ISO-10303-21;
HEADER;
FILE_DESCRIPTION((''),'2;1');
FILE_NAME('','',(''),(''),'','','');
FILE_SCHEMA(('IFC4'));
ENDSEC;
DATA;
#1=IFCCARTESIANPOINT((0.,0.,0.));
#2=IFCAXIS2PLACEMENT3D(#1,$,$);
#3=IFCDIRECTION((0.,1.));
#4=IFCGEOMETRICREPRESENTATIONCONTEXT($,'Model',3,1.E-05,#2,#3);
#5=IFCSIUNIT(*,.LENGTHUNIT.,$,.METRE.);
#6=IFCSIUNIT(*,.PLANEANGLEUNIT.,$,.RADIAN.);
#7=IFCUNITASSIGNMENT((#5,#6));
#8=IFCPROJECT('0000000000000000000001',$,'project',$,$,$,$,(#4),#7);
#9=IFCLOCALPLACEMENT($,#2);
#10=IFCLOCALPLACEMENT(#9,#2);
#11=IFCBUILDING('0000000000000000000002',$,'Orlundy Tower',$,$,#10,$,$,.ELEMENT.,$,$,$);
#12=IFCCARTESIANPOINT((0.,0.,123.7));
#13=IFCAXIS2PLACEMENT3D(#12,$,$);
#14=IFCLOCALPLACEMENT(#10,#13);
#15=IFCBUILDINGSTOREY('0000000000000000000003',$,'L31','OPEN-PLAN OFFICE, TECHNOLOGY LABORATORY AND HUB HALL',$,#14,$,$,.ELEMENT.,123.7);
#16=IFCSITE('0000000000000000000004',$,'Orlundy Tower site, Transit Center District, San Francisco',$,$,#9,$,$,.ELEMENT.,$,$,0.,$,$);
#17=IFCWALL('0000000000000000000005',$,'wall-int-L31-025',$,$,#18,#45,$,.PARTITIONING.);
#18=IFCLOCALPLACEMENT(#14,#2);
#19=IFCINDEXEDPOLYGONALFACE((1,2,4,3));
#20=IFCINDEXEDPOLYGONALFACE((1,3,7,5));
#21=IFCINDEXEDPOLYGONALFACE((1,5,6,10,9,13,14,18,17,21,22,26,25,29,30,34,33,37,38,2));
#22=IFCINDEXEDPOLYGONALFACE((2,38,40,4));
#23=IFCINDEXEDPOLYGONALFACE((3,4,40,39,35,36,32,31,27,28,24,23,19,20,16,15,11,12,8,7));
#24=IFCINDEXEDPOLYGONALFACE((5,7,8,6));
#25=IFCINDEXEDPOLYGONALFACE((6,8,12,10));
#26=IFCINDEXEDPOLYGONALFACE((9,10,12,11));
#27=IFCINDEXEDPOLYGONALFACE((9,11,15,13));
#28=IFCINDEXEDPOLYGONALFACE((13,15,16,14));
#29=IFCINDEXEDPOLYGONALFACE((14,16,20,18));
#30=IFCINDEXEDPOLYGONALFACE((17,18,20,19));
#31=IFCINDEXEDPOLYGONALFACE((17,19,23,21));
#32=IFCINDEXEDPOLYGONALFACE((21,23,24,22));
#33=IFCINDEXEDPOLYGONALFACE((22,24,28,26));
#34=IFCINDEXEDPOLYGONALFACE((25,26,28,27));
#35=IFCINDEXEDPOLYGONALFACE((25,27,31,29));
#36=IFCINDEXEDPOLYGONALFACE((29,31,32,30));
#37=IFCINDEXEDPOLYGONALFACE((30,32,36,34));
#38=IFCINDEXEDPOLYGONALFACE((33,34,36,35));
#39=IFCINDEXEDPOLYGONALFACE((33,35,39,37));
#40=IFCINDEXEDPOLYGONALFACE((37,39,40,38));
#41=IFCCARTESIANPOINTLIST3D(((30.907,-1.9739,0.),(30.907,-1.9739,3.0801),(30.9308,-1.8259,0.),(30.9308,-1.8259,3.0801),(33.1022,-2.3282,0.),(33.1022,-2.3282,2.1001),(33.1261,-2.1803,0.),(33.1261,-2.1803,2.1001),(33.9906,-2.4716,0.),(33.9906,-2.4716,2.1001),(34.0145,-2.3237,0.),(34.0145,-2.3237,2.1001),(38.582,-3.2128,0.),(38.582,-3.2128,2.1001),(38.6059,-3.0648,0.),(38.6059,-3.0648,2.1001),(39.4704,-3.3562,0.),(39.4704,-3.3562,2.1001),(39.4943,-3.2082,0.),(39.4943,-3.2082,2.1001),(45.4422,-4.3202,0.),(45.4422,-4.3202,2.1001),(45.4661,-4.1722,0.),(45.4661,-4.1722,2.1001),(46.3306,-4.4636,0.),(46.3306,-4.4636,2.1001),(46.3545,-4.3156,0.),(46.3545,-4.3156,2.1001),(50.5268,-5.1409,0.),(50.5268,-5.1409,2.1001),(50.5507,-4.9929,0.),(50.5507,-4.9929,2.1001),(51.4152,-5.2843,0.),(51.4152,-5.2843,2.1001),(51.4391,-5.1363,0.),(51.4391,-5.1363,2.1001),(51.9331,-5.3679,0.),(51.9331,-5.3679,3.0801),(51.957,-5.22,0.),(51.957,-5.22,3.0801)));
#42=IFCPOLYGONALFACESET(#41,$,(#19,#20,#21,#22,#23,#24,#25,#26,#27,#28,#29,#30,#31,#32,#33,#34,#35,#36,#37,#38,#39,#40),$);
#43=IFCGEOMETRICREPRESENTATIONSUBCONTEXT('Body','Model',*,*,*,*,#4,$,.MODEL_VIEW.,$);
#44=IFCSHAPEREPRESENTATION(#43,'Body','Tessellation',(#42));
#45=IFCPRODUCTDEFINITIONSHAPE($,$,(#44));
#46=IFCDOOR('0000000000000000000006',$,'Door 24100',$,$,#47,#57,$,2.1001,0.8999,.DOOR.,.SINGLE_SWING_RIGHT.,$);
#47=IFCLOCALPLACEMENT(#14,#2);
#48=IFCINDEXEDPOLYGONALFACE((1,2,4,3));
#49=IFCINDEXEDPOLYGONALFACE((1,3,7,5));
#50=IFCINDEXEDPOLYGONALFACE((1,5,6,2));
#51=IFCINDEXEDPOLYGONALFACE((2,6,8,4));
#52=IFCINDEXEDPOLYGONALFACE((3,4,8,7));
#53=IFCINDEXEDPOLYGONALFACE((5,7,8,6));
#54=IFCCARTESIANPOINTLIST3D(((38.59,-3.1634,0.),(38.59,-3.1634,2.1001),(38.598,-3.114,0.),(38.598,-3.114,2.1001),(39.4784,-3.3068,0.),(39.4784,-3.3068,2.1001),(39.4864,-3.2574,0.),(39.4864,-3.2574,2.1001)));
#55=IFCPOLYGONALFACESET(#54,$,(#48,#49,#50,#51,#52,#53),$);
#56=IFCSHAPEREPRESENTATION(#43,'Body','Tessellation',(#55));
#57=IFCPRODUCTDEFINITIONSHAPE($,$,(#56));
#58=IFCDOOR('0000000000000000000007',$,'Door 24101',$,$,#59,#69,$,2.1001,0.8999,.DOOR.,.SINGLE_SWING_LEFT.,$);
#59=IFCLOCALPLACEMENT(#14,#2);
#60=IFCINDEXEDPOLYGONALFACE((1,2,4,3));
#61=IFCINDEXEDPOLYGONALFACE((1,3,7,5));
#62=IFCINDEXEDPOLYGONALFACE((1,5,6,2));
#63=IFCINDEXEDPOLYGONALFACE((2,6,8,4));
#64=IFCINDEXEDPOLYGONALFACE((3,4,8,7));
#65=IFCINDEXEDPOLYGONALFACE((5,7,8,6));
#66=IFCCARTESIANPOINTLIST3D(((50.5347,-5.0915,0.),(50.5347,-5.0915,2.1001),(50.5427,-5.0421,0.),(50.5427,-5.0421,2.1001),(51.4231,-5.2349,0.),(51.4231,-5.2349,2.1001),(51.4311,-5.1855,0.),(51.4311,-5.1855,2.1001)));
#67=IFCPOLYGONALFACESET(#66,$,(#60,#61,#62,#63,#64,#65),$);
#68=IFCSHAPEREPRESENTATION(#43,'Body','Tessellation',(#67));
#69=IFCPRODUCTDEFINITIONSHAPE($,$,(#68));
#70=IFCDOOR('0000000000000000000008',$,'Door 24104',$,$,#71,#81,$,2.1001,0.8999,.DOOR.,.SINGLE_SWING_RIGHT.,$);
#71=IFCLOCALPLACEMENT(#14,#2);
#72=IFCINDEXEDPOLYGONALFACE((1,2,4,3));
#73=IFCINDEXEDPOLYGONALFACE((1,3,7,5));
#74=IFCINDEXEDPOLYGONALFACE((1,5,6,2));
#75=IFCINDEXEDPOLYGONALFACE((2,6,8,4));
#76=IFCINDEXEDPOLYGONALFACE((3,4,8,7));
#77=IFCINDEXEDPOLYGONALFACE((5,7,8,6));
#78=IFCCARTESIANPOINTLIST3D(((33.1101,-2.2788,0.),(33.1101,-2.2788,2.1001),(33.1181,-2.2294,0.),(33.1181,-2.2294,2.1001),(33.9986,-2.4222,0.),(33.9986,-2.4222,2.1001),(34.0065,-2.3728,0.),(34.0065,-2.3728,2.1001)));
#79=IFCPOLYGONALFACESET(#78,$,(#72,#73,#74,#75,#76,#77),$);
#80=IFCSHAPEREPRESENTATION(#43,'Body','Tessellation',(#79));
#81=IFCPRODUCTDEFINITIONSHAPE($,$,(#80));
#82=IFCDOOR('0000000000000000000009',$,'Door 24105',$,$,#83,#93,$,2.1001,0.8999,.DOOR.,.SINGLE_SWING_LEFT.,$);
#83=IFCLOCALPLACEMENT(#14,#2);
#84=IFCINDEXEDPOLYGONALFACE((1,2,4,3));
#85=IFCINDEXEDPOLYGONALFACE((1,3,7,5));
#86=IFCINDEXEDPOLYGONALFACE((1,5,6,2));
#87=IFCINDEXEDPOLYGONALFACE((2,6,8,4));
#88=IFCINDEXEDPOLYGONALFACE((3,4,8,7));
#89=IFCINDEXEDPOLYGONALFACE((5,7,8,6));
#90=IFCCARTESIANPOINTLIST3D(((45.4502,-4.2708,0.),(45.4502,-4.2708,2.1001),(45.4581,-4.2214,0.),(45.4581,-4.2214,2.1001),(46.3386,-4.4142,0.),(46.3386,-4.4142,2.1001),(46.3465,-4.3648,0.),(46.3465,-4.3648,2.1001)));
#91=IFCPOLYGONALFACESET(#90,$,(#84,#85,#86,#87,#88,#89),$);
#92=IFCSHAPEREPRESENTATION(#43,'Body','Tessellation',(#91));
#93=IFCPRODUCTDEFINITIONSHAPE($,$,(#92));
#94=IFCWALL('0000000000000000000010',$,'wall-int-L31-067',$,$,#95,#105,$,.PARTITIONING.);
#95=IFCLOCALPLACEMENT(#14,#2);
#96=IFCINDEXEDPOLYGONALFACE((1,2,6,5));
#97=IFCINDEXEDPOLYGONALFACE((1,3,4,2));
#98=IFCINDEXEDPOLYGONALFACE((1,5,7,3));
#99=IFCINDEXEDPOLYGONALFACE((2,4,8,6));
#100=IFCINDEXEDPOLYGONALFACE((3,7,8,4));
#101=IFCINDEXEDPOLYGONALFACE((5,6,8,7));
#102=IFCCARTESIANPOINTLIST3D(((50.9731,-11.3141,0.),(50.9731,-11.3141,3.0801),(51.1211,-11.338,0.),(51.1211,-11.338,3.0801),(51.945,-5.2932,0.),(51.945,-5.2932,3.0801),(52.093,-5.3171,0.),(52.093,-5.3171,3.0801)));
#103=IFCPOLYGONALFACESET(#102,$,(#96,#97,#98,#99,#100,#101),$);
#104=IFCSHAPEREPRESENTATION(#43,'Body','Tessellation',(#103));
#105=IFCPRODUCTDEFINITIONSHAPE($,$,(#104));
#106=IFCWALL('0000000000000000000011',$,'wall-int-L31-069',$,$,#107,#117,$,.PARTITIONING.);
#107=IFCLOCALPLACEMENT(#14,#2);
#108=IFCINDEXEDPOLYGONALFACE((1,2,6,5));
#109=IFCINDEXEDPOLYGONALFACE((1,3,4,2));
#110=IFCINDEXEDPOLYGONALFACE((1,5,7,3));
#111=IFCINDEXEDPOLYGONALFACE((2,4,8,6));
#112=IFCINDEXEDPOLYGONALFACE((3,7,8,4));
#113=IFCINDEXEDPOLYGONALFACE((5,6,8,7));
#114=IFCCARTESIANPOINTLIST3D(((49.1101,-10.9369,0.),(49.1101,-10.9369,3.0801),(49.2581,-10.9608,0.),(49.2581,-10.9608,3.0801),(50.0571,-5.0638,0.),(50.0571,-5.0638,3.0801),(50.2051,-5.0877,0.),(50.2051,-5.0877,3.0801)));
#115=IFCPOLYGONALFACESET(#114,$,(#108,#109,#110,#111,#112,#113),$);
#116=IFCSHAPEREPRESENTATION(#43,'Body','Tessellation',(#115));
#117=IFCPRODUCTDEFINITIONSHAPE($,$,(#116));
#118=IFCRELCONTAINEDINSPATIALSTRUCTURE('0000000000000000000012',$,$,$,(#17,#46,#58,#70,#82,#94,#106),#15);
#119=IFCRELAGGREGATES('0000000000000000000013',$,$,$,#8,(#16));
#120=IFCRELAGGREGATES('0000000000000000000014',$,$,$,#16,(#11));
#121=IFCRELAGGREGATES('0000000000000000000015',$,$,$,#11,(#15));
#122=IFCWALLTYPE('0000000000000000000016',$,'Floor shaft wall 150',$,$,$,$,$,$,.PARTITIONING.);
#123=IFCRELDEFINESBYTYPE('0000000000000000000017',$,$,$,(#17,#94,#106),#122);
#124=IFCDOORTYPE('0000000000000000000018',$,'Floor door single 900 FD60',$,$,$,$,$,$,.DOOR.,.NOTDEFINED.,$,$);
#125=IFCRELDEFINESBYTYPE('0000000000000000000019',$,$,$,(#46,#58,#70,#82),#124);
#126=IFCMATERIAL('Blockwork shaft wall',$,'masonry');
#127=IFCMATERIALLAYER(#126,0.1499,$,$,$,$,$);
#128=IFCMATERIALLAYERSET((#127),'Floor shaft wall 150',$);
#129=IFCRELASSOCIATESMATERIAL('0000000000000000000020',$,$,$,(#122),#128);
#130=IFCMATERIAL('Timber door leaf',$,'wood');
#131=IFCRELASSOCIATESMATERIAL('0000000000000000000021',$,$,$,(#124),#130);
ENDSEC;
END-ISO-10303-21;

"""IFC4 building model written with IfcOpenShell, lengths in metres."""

from ifc_helpers import new_model, si_unit, direction, frame, frame_2d, origin, place, context, subcontext, project, spatial, rectangle, extrude, material, layer, layer_set, type_object, element, fill, save


model = new_model("IFC4")

# Units and contexts
model_context = context("Model", 3, precision=1e-05, world=origin(), true_north=direction((0.0, 1.0)))
body_context = subcontext(model_context, "Body", "Model", "MODEL_VIEW")
ifc_project = project(units=[si_unit("LENGTHUNIT", "METRE"), si_unit("PLANEANGLEUNIT", "RADIAN")], contexts=[model_context])

# Site, building, storey
site_placement = place(None, origin())
site = spatial("IfcSite", under=ifc_project, at=site_placement, Name="Orlundy Tower site, Transit Center District, San Francisco", CompositionType="ELEMENT", RefElevation=0.0)
building_placement = place(site_placement, origin())
building = spatial("IfcBuilding", under=site, at=building_placement, Name="Orlundy Tower", CompositionType="ELEMENT")
storey_placement = place(building_placement, frame((0.0, 0.0, 123.7)))
storey = spatial("IfcBuildingStorey", under=building, at=storey_placement, Name="L31", Description="OPEN-PLAN OFFICE, TECHNOLOGY LABORATORY AND HUB HALL", CompositionType="ELEMENT", Elevation=123.7)

# Wall, openings, doors
ifc_material_1 = material(Name="Blockwork shaft wall", Category="masonry")
ifc_layer_1 = layer(ifc_material_1, 0.1499)
ifc_layer_set_1 = layer_set([ifc_layer_1], Name="Floor shaft wall 150")
wall_type_1 = type_object("IfcWallType", Name="Floor shaft wall 150", PredefinedType="PARTITIONING", material=ifc_layer_set_1)
wall_1_placement = place(storey_placement, frame((51.9451, -5.2939, 0.0), z_axis=(0.0, 0.0, 1.0), x_axis=(-0.987221, 0.159357, 0.0)))
wall_1 = element("IfcWall", 1, at=wall_1_placement, inside=storey, type_object=wall_type_1, Name="wall-int-L31-025", PredefinedType="PARTITIONING", context=body_context, shape_type="SweptSolid", body=[
    extrude(rectangle(XDim=21.2983, YDim=0.1499, at=frame_2d((10.6492, 0.0))), origin(), (0.0, 0.0, 1.0), 3.0801),
])
opening_1_placement = place(wall_1_placement, frame((12.624, 0.0, 0.0)))
opening_1 = element("IfcOpeningElement", 2, at=opening_1_placement, cuts=wall_1, PredefinedType="OPENING", context=body_context, shape_type="SweptSolid", body=[
    extrude(rectangle(XDim=0.8999, YDim=2.1001, at=frame_2d((0.45, 1.05))), frame((0.0, 0.085, 0.0), z_axis=(0.0, -1.0, 0.0), x_axis=(1.0, 0.0, 0.0)), (0.0, 0.0, 1.0), 0.1699),
])
opening_2_placement = place(wall_1_placement, frame((0.5247, 0.0, 0.0)))
opening_2 = element("IfcOpeningElement", 3, at=opening_2_placement, cuts=wall_1, PredefinedType="OPENING", context=body_context, shape_type="SweptSolid", body=[
    extrude(rectangle(XDim=0.8999, YDim=2.1001, at=frame_2d((0.45, 1.05))), frame((0.0, 0.085, 0.0), z_axis=(0.0, -1.0, 0.0), x_axis=(1.0, 0.0, 0.0)), (0.0, 0.0, 1.0), 0.1699),
])
opening_3_placement = place(wall_1_placement, frame((18.1748, 0.0, 0.0)))
opening_3 = element("IfcOpeningElement", 4, at=opening_3_placement, cuts=wall_1, PredefinedType="OPENING", context=body_context, shape_type="SweptSolid", body=[
    extrude(rectangle(XDim=0.8999, YDim=2.1001, at=frame_2d((0.45, 1.05))), frame((0.0, 0.085, 0.0), z_axis=(0.0, -1.0, 0.0), x_axis=(1.0, 0.0, 0.0)), (0.0, 0.0, 1.0), 0.1699),
])
opening_4_placement = place(wall_1_placement, frame((5.675, 0.0, 0.0)))
opening_4 = element("IfcOpeningElement", 5, at=opening_4_placement, cuts=wall_1, PredefinedType="OPENING", context=body_context, shape_type="SweptSolid", body=[
    extrude(rectangle(XDim=0.8999, YDim=2.1001, at=frame_2d((0.45, 1.05))), frame((0.0, 0.085, 0.0), z_axis=(0.0, -1.0, 0.0), x_axis=(1.0, 0.0, 0.0)), (0.0, 0.0, 1.0), 0.1699),
])
ifc_material_2 = material(Name="Timber door leaf", Category="wood")
door_type_1 = type_object("IfcDoorType", Name="Floor door single 900 FD60", OperationType="NOTDEFINED", PredefinedType="DOOR", material=ifc_material_2)
door_1_placement = place(opening_1_placement, origin())
door_1 = element("IfcDoor", 6, at=door_1_placement, inside=storey, type_object=door_type_1, Name="Door 24100", OperationType="SINGLE_SWING_RIGHT", OverallHeight=2.1001, OverallWidth=0.8999, PredefinedType="DOOR", context=body_context, shape_type="SweptSolid", body=[
    extrude(rectangle(XDim=0.8999, YDim=2.1001, at=frame_2d((0.45, 1.05))), frame((0.0, 0.0249, 0.0), z_axis=(0.0, -1.0, 0.0), x_axis=(1.0, 0.0, 0.0)), (0.0, 0.0, 1.0), 0.05),
])
fill(opening_1, door_1)
door_2_placement = place(opening_2_placement, origin())
door_2 = element("IfcDoor", 7, at=door_2_placement, inside=storey, type_object=door_type_1, Name="Door 24101", OperationType="SINGLE_SWING_LEFT", OverallHeight=2.1001, OverallWidth=0.8999, PredefinedType="DOOR", context=body_context, shape_type="SweptSolid", body=[
    extrude(rectangle(XDim=0.8999, YDim=2.1001, at=frame_2d((0.45, 1.05))), frame((0.0, 0.0249, 0.0), z_axis=(0.0, -1.0, 0.0), x_axis=(1.0, 0.0, 0.0)), (0.0, 0.0, 1.0), 0.05),
])
fill(opening_2, door_2)
door_3_placement = place(opening_3_placement, origin())
door_3 = element("IfcDoor", 8, at=door_3_placement, inside=storey, type_object=door_type_1, Name="Door 24104", OperationType="SINGLE_SWING_RIGHT", OverallHeight=2.1001, OverallWidth=0.8999, PredefinedType="DOOR", context=body_context, shape_type="SweptSolid", body=[
    extrude(rectangle(XDim=0.8999, YDim=2.1001, at=frame_2d((0.45, 1.05))), frame((0.0, 0.0249, 0.0), z_axis=(0.0, -1.0, 0.0), x_axis=(1.0, 0.0, 0.0)), (0.0, 0.0, 1.0), 0.05),
])
fill(opening_3, door_3)
door_4_placement = place(opening_4_placement, origin())
door_4 = element("IfcDoor", 9, at=door_4_placement, inside=storey, type_object=door_type_1, Name="Door 24105", OperationType="SINGLE_SWING_LEFT", OverallHeight=2.1001, OverallWidth=0.8999, PredefinedType="DOOR", context=body_context, shape_type="SweptSolid", body=[
    extrude(rectangle(XDim=0.8999, YDim=2.1001, at=frame_2d((0.45, 1.05))), frame((0.0, 0.0249, 0.0), z_axis=(0.0, -1.0, 0.0), x_axis=(1.0, 0.0, 0.0)), (0.0, 0.0, 1.0), 0.05),
])
fill(opening_4, door_4)

# Walls
wall_2_placement = place(storey_placement, frame((51.0471, -11.3259, 0.0), z_axis=(0.0, 0.0, 1.0), x_axis=(0.15936, 0.987221, 0.0)))
element("IfcWall", 10, at=wall_2_placement, inside=storey, type_object=wall_type_1, Name="wall-int-L31-067", PredefinedType="PARTITIONING", context=body_context, shape_type="SweptSolid", body=[
    extrude(rectangle(XDim=6.0989, YDim=0.1499, at=frame_2d((3.0493, 0.0))), origin(), (0.0, 0.0, 1.0), 3.0801),
])
wall_3_placement = place(storey_placement, frame((49.1841, -10.949, 0.0), z_axis=(0.0, 0.0, 1.0), x_axis=(0.159192, 0.987248, 0.0)))
element("IfcWall", 11, at=wall_3_placement, inside=storey, type_object=wall_type_1, Name="wall-int-L31-069", PredefinedType="PARTITIONING", context=body_context, shape_type="SweptSolid", body=[
    extrude(rectangle(XDim=5.949, YDim=0.1499, at=frame_2d((2.9746, 0.0))), origin(), (0.0, 0.0, 1.0), 3.0801),
])

save(model, "model.ifc")
